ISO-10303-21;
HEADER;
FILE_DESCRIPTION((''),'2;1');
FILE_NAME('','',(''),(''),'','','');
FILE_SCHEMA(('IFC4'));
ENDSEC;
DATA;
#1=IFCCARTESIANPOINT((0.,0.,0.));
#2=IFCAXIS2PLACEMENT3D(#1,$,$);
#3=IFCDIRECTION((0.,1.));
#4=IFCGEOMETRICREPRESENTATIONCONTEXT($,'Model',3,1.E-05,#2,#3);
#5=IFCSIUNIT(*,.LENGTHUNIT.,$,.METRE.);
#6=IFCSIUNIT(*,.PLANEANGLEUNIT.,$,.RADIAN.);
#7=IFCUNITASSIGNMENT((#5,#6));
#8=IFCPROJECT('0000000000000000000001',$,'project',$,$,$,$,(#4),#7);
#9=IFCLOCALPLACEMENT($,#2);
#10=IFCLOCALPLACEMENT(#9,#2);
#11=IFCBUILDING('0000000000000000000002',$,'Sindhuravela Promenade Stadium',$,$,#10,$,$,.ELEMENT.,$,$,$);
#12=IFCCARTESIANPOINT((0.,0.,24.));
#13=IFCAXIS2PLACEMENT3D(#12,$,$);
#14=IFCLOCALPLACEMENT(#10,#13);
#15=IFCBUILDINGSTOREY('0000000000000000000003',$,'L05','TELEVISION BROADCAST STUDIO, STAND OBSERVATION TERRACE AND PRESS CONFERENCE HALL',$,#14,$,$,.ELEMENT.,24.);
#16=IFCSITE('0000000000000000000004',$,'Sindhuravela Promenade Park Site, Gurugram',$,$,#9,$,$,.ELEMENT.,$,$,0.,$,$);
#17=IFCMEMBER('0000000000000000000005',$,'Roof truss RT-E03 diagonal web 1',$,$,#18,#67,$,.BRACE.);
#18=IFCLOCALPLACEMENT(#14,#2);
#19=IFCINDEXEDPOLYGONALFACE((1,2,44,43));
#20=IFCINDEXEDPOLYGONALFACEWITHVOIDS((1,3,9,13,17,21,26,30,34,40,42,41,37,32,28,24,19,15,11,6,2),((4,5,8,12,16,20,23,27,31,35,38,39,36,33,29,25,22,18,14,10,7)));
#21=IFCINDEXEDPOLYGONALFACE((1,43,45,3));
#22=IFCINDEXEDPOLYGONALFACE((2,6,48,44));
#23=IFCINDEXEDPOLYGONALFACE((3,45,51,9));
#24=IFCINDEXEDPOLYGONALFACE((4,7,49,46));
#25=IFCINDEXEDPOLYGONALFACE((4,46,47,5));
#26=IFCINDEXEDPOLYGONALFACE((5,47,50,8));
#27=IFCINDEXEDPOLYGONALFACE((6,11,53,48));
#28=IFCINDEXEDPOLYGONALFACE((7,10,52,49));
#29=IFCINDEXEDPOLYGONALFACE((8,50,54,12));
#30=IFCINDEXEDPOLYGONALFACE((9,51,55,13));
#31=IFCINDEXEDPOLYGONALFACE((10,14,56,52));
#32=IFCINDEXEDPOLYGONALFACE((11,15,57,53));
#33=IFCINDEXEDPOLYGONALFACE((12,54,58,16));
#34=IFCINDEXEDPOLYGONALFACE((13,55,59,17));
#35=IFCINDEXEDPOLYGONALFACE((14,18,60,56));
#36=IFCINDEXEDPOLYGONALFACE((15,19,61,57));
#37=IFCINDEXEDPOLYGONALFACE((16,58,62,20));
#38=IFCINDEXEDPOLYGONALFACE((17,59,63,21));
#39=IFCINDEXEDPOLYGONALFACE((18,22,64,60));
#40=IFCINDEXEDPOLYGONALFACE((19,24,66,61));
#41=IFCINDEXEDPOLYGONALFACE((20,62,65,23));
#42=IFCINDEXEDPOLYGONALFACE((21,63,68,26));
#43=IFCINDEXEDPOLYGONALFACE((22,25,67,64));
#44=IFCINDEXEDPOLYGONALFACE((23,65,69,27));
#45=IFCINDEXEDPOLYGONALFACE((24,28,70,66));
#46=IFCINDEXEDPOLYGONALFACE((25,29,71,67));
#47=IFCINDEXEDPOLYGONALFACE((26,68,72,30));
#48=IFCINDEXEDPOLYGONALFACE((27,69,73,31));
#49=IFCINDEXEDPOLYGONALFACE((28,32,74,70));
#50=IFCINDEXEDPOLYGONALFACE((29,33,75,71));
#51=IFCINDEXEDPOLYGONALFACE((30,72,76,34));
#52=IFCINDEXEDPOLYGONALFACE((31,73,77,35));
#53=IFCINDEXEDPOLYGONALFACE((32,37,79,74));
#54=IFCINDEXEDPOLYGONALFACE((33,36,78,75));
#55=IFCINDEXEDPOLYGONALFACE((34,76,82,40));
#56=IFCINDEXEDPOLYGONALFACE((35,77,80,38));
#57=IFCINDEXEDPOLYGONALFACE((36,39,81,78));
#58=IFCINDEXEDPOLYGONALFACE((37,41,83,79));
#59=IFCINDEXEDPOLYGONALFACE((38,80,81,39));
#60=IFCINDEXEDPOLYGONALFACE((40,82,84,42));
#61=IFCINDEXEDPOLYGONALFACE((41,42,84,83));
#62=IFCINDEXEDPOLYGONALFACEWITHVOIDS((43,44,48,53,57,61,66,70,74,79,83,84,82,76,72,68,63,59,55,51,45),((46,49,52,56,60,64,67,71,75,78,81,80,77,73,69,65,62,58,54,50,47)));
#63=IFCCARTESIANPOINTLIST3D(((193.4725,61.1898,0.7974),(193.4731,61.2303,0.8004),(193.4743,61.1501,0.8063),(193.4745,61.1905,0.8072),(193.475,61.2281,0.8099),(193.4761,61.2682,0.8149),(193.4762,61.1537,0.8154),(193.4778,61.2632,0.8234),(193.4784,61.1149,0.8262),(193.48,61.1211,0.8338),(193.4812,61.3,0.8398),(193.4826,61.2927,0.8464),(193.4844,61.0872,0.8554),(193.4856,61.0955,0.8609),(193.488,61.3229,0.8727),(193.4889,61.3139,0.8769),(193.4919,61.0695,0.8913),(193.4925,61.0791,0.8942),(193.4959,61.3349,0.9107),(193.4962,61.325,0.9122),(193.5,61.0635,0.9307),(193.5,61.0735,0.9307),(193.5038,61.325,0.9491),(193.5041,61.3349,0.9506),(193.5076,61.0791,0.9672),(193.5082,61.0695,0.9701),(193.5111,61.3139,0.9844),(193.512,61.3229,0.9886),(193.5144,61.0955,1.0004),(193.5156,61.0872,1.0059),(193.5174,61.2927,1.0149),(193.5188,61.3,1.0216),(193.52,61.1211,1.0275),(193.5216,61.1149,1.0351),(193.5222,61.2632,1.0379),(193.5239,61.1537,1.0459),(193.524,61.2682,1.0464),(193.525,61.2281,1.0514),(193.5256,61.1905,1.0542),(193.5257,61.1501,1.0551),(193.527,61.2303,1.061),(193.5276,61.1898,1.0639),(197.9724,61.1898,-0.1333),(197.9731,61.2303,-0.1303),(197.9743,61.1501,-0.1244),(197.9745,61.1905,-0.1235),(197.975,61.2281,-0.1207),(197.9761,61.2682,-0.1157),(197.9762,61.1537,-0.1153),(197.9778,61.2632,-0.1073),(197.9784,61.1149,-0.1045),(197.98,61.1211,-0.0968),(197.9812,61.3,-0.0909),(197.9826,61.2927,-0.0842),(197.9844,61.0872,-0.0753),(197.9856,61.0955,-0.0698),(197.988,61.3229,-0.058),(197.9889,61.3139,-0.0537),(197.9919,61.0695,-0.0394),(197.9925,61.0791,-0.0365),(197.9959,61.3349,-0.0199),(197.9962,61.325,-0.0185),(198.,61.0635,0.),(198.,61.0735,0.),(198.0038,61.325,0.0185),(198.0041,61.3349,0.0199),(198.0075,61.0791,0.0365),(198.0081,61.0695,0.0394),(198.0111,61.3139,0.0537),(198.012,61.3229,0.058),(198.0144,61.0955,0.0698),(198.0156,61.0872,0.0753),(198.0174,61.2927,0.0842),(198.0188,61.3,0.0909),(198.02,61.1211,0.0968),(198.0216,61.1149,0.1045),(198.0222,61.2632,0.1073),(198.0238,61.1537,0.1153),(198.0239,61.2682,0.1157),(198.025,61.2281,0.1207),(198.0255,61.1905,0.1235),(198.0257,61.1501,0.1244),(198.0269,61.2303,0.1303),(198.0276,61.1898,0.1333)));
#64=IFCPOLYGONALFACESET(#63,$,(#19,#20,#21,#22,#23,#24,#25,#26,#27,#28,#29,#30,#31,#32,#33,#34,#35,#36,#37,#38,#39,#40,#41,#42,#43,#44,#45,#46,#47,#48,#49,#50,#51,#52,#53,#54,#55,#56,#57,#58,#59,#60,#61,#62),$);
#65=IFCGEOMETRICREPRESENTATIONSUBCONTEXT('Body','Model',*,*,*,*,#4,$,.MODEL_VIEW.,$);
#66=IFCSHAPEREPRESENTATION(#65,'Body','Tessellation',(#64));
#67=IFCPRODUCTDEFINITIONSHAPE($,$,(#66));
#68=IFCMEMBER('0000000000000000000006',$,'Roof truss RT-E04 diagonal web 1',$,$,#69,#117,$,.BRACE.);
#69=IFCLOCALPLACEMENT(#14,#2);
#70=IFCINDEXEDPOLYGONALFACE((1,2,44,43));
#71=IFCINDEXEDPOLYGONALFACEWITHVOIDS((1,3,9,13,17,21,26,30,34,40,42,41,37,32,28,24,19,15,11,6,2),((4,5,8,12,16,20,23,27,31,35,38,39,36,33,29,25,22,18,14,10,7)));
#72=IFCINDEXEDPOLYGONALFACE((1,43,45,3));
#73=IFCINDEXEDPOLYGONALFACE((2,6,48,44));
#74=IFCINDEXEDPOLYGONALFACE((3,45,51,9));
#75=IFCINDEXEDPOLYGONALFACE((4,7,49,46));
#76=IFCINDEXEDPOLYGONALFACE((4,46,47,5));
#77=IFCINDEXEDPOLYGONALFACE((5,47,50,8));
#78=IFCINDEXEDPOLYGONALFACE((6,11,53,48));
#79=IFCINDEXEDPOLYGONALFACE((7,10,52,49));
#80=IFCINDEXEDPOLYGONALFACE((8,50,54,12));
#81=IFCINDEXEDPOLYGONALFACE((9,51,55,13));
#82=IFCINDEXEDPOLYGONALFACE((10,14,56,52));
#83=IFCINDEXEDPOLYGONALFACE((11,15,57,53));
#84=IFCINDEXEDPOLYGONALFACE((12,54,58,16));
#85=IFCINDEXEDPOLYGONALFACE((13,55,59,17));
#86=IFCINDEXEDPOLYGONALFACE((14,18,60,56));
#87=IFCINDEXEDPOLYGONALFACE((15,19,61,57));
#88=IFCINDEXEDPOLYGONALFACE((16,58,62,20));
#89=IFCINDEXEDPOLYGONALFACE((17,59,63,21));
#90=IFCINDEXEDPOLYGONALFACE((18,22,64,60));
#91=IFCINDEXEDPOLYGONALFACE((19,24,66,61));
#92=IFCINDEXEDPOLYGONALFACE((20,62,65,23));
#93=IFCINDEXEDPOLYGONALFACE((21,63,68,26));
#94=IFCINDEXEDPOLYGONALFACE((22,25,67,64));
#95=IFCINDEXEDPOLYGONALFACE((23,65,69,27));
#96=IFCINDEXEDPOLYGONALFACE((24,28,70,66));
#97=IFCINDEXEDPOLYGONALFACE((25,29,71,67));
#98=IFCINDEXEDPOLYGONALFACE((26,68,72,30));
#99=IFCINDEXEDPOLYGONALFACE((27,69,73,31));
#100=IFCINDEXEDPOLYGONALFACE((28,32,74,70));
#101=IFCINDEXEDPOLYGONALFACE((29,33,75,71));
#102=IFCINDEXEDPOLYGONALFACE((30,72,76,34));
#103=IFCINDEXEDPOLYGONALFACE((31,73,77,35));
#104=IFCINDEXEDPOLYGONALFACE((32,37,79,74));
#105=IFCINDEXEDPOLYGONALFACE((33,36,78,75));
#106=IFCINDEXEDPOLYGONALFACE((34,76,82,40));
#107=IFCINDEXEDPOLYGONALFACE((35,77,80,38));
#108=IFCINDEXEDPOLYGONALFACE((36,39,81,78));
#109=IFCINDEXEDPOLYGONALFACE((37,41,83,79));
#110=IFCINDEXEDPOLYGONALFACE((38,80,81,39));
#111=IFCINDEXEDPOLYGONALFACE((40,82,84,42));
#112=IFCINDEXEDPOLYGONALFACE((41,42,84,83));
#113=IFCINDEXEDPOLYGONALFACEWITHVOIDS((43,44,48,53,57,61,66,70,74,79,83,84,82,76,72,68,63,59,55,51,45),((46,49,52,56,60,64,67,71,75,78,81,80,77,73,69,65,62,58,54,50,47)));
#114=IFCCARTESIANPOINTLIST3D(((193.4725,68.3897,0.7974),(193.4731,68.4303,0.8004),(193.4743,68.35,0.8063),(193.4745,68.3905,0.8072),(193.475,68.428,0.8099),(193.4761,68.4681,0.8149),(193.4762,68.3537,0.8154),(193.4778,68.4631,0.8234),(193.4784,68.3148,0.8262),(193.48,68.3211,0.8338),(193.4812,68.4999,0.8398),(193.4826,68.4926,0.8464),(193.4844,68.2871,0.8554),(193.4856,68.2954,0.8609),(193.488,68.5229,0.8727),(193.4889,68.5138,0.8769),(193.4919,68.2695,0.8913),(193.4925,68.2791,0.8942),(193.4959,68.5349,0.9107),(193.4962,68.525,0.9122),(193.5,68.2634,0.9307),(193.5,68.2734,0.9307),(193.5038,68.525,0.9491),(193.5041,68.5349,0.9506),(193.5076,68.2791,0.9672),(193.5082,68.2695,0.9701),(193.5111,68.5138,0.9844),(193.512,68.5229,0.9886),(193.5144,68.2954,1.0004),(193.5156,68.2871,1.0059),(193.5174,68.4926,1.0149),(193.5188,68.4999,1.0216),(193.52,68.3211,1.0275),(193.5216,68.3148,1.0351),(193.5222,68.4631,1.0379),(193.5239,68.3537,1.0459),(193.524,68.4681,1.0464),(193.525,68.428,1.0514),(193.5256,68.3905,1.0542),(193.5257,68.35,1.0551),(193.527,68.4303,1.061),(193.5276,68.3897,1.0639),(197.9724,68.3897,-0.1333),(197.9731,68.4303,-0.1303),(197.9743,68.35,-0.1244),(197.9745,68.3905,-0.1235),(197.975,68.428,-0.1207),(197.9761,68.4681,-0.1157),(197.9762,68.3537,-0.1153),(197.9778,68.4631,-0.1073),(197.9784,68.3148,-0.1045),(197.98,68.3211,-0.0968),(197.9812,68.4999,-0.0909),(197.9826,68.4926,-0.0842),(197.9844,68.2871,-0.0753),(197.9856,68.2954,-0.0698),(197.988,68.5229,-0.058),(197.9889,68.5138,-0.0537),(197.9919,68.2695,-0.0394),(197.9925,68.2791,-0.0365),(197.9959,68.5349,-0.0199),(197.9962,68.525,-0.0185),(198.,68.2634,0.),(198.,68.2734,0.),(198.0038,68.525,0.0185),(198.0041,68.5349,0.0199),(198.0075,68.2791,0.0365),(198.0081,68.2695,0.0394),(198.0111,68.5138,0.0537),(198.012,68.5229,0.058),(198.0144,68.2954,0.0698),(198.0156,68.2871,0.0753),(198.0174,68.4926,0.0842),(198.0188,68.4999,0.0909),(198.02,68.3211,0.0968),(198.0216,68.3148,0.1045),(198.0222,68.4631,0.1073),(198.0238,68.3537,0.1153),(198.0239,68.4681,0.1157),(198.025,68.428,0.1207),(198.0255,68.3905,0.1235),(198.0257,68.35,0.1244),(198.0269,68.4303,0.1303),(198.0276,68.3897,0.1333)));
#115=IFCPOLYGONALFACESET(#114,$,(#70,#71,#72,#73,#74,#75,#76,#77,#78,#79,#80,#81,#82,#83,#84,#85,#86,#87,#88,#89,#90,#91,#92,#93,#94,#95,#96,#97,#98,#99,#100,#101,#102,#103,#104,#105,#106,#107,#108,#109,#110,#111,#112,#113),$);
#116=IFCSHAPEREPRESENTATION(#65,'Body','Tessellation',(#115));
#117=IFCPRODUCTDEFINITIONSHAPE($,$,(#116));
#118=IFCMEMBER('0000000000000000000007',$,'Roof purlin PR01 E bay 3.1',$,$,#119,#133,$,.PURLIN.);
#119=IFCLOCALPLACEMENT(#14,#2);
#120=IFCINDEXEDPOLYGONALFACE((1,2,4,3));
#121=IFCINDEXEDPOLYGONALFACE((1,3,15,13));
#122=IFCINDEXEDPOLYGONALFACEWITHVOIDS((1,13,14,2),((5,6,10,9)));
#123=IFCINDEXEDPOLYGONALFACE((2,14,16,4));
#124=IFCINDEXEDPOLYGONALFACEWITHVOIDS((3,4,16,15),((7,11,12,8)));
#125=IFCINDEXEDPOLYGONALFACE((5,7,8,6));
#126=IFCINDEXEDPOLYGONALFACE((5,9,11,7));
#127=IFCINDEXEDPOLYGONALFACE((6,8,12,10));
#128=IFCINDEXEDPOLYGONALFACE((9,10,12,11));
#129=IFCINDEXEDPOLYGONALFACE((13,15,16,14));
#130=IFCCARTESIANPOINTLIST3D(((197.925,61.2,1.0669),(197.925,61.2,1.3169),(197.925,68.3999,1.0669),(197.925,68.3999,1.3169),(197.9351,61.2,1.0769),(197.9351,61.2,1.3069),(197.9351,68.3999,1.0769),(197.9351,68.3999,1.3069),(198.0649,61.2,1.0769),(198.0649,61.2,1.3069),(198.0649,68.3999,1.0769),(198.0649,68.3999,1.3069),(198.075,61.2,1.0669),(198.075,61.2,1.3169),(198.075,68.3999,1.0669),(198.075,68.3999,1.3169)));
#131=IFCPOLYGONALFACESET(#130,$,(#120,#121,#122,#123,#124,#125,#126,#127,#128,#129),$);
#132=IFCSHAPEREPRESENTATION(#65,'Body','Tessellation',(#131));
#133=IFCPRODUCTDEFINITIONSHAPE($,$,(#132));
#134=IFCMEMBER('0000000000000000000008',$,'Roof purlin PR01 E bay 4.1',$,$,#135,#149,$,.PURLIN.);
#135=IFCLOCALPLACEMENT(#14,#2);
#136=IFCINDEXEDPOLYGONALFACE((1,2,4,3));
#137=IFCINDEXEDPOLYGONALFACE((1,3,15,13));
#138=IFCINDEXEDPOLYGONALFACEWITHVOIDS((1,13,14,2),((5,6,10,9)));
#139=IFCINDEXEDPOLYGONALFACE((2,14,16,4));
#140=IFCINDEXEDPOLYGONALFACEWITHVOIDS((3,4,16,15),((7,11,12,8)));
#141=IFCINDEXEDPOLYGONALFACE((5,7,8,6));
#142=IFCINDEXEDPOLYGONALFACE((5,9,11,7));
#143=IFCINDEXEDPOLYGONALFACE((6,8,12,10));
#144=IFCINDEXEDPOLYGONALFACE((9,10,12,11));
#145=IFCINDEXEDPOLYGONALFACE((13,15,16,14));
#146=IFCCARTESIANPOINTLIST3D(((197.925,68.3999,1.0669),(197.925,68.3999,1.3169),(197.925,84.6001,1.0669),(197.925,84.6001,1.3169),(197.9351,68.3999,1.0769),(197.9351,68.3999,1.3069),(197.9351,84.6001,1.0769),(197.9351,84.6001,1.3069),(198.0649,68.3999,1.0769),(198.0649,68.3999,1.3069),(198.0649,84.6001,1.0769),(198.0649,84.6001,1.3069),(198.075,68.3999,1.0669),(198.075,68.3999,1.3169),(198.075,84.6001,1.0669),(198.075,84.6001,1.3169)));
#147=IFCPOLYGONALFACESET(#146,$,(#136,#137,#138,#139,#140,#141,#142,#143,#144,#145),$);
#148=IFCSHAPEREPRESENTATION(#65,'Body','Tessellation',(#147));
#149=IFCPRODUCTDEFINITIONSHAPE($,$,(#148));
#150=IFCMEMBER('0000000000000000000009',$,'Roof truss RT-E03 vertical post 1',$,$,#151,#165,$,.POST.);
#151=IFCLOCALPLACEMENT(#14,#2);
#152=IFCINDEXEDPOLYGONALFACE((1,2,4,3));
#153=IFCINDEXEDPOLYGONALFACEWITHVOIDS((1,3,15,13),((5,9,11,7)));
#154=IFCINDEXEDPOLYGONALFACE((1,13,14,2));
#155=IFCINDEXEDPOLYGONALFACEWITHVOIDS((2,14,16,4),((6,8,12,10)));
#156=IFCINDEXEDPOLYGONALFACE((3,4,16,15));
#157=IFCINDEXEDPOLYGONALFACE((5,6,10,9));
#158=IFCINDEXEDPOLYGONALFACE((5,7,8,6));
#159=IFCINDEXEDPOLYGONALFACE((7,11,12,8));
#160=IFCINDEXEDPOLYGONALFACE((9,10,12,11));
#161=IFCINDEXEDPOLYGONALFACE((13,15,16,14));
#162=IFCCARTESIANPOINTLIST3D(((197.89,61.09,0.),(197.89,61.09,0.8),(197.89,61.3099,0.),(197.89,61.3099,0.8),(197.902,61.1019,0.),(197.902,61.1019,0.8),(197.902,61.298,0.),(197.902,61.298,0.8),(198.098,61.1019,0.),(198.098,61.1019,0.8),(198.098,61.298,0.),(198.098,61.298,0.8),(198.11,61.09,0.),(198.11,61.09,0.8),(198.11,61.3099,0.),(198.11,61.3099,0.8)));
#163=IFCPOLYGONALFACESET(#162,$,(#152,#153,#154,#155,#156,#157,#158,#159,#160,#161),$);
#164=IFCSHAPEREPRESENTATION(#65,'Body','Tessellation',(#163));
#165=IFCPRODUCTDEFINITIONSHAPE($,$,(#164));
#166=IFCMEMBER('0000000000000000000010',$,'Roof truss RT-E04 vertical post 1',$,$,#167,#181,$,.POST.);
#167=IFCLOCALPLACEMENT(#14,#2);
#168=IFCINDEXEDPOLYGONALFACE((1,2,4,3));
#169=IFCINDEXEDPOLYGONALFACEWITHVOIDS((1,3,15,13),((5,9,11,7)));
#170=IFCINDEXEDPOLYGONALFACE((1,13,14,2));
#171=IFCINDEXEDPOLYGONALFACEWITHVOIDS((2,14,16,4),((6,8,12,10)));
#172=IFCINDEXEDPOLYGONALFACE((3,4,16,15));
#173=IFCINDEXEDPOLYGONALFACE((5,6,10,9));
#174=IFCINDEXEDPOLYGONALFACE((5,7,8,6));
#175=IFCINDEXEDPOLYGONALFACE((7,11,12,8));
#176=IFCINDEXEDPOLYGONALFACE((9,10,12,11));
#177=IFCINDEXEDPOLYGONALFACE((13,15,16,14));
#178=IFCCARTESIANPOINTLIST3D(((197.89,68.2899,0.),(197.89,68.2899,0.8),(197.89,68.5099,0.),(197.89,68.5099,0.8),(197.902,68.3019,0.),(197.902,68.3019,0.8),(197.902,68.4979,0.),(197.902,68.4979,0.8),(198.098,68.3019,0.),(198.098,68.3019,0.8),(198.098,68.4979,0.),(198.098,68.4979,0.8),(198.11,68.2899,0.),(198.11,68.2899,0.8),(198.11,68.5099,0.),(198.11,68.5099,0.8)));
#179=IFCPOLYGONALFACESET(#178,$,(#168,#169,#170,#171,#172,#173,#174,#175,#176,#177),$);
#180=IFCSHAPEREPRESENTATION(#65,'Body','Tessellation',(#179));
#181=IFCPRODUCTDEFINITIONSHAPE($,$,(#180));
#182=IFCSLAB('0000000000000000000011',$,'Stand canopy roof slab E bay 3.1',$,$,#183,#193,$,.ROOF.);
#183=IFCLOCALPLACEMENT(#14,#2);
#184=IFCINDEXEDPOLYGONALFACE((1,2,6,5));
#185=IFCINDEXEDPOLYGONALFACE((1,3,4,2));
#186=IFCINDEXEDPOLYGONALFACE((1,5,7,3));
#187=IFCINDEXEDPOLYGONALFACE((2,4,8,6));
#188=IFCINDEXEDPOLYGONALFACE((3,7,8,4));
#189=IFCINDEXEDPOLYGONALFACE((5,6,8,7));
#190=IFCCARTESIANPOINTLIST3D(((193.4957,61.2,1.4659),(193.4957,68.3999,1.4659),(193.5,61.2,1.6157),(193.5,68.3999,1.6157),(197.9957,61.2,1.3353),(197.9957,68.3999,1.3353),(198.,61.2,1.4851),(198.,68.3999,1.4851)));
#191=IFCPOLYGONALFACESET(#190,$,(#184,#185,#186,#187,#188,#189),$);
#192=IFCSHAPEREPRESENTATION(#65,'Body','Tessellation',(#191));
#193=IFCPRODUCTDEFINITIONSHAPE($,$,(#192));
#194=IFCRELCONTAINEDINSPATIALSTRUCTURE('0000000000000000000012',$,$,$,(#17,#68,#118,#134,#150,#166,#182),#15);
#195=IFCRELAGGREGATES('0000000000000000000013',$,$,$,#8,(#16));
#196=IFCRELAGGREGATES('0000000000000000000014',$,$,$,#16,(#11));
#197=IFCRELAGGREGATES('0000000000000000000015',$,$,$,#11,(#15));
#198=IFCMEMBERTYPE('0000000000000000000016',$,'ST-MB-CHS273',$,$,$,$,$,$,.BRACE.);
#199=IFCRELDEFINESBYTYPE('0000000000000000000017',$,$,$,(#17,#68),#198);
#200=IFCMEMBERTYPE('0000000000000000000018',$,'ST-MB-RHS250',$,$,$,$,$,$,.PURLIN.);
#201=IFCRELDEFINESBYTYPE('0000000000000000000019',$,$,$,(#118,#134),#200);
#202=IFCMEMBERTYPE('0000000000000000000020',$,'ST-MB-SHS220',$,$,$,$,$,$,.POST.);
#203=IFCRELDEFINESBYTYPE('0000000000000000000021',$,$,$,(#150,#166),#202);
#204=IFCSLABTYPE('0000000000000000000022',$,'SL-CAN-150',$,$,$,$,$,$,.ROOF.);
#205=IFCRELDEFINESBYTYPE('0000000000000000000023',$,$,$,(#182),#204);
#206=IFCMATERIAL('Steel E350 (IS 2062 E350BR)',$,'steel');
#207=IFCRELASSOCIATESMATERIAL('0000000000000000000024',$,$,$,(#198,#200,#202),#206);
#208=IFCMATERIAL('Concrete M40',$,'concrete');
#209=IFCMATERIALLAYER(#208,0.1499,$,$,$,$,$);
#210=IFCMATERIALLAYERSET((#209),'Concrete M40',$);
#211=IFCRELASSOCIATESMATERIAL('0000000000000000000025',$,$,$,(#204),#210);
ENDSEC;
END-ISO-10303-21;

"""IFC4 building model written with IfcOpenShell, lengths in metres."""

from ifc_helpers import new_model, si_unit, direction, frame, origin, origin_2d, place, context, subcontext, project, spatial, polyline, hollow_rectangle, hollow_circle, outline, extrude, material, layer, layer_set, material_profile, profile_set, type_object, element, save


model = new_model("IFC4")

# Units and contexts
model_context = context("Model", 3, precision=1e-05, world=origin(), true_north=direction((0.0, 1.0)))
body_context = subcontext(model_context, "Body", "Model", "MODEL_VIEW")
ifc_project = project(units=[si_unit("LENGTHUNIT", "METRE"), si_unit("PLANEANGLEUNIT", "RADIAN")], contexts=[model_context])

# Site, building, storey
site_placement = place(None, origin())
site = spatial("IfcSite", under=ifc_project, at=site_placement, Name="Sindhuravela Promenade Park Site, Gurugram", CompositionType="ELEMENT", RefElevation=0.0)
building_placement = place(site_placement, origin())
building = spatial("IfcBuilding", under=site, at=building_placement, Name="Sindhuravela Promenade Stadium", CompositionType="ELEMENT")
storey_placement = place(building_placement, frame((0.0, 0.0, 24.0)))
storey = spatial("IfcBuildingStorey", under=building, at=storey_placement, Name="L05", Description="TELEVISION BROADCAST STUDIO, STAND OBSERVATION TERRACE AND PRESS CONFERENCE HALL", CompositionType="ELEMENT", Elevation=24.0)

# Shared definitions
ifc_material_1 = material(Name="Concrete M40", Category="concrete")
ifc_material_2 = material(Name="Steel E350 (IS 2062 E350BR)", Category="steel")

# Members
ifc_material_profile_1 = material_profile(ifc_material_2, hollow_circle(Radius=0.1365, WallThickness=0.01, at=origin_2d()), Name="CHS 273.0x10")
ifc_profile_set_1 = profile_set([ifc_material_profile_1], Name="Steel E350 (IS 2062 E350BR)")
member_type_1 = type_object("IfcMemberType", Name="ST-MB-CHS273", PredefinedType="BRACE", material=ifc_profile_set_1)
for number, where, z_axis, x_axis, name in (
    (1, (198.0, 61.2, 0.0), (-0.979276, 0.0, 0.202528), (0.0, -1.0, 0.0), "Roof truss RT-E03 diagonal web 1"),
    (2, (198.0, 68.3999, 0.0), (-0.979276, 0.0, 0.202528), (0.0, -1.0, 0.0), "Roof truss RT-E04 diagonal web 1"),
):
    element("IfcMember", number, at=place(storey_placement, frame(where, z_axis=z_axis, x_axis=x_axis)), inside=storey, type_object=member_type_1, Name=name, PredefinedType="BRACE", context=body_context, shape_type="SweptSolid", body=[
        extrude(hollow_circle(Radius=0.1365, WallThickness=0.01, at=origin_2d()), origin(), (0.0, 0.0, 1.0), 4.5952),
    ])
ifc_material_profile_2 = material_profile(ifc_material_2, hollow_rectangle(XDim=0.1499, YDim=0.25, WallThickness=0.01, at=origin_2d()), Name="RHS 250x150x10")
ifc_profile_set_2 = profile_set([ifc_material_profile_2], Name="Steel E350 (IS 2062 E350BR)")
member_type_2 = type_object("IfcMemberType", Name="ST-MB-RHS250", PredefinedType="PURLIN", material=ifc_profile_set_2)
member_1_placement = place(storey_placement, frame((198.0, 61.2, 1.1919), z_axis=(0.0, 1.0, 0.0), x_axis=(-1.0, 0.0, 0.0)))
element("IfcMember", 3, at=member_1_placement, inside=storey, type_object=member_type_2, Name="Roof purlin PR01 E bay 3.1", PredefinedType="PURLIN", context=body_context, shape_type="SweptSolid", body=[
    extrude(hollow_rectangle(XDim=0.1499, YDim=0.25, WallThickness=0.01, at=origin_2d()), origin(), (0.0, 0.0, 1.0), 7.2),
])
member_2_placement = place(storey_placement, frame((198.0, 68.3999, 1.1919), z_axis=(0.0, 1.0, 0.0), x_axis=(-1.0, 0.0, 0.0)))
element("IfcMember", 4, at=member_2_placement, inside=storey, type_object=member_type_2, Name="Roof purlin PR01 E bay 4.1", PredefinedType="PURLIN", context=body_context, shape_type="SweptSolid", body=[
    extrude(hollow_rectangle(XDim=0.1499, YDim=0.25, WallThickness=0.01, at=origin_2d()), origin(), (0.0, 0.0, 1.0), 16.2002),
])
ifc_material_profile_3 = material_profile(ifc_material_2, hollow_rectangle(XDim=0.22, YDim=0.22, WallThickness=0.012, at=origin_2d()), Name="SHS 220x220x12")
ifc_profile_set_3 = profile_set([ifc_material_profile_3], Name="Steel E350 (IS 2062 E350BR)")
member_type_3 = type_object("IfcMemberType", Name="ST-MB-SHS220", PredefinedType="POST", material=ifc_profile_set_3)
for number, where, z_axis, x_axis, name in (
    (5, (198.0, 61.2, 0.0), (0.0, 0.0, 1.0), (1.0, 0.0, 0.0), "Roof truss RT-E03 vertical post 1"),
    (6, (198.0, 68.3999, 0.0), (0.0, 0.0, 1.0), (1.0, 0.0, 0.0), "Roof truss RT-E04 vertical post 1"),
):
    element("IfcMember", number, at=place(storey_placement, frame(where, z_axis=z_axis, x_axis=x_axis)), inside=storey, type_object=member_type_3, Name=name, PredefinedType="POST", context=body_context, shape_type="SweptSolid", body=[
        extrude(hollow_rectangle(XDim=0.22, YDim=0.22, WallThickness=0.012, at=origin_2d()), origin(), (0.0, 0.0, 1.0), 0.8),
    ])

# Slab
ifc_layer_1 = layer(ifc_material_1, 0.1499)
ifc_layer_set_1 = layer_set([ifc_layer_1], Name="Concrete M40")
slab_type = type_object("IfcSlabType", Name="SL-CAN-150", PredefinedType="ROOF", material=ifc_layer_set_1)
slab_1_placement = place(storey_placement, frame((198.0, 61.2, 1.4851), z_axis=(0.029013, 0.0, 0.999579), x_axis=(0.0, 1.0, 0.0)))
element("IfcSlab", 7, at=slab_1_placement, inside=storey, type_object=slab_type, Name="Stand canopy roof slab E bay 3.1", PredefinedType="ROOF", context=body_context, shape_type="SweptSolid", body=[
    extrude(outline(polyline([(0.0, 0.0), (7.2, 0.0), (7.2, 4.5019), (0.0, 4.5019), (0.0, 0.0)])), origin(), (0.0, 0.0, -1.0), 0.1499),
])

save(model, "model.ifc")
